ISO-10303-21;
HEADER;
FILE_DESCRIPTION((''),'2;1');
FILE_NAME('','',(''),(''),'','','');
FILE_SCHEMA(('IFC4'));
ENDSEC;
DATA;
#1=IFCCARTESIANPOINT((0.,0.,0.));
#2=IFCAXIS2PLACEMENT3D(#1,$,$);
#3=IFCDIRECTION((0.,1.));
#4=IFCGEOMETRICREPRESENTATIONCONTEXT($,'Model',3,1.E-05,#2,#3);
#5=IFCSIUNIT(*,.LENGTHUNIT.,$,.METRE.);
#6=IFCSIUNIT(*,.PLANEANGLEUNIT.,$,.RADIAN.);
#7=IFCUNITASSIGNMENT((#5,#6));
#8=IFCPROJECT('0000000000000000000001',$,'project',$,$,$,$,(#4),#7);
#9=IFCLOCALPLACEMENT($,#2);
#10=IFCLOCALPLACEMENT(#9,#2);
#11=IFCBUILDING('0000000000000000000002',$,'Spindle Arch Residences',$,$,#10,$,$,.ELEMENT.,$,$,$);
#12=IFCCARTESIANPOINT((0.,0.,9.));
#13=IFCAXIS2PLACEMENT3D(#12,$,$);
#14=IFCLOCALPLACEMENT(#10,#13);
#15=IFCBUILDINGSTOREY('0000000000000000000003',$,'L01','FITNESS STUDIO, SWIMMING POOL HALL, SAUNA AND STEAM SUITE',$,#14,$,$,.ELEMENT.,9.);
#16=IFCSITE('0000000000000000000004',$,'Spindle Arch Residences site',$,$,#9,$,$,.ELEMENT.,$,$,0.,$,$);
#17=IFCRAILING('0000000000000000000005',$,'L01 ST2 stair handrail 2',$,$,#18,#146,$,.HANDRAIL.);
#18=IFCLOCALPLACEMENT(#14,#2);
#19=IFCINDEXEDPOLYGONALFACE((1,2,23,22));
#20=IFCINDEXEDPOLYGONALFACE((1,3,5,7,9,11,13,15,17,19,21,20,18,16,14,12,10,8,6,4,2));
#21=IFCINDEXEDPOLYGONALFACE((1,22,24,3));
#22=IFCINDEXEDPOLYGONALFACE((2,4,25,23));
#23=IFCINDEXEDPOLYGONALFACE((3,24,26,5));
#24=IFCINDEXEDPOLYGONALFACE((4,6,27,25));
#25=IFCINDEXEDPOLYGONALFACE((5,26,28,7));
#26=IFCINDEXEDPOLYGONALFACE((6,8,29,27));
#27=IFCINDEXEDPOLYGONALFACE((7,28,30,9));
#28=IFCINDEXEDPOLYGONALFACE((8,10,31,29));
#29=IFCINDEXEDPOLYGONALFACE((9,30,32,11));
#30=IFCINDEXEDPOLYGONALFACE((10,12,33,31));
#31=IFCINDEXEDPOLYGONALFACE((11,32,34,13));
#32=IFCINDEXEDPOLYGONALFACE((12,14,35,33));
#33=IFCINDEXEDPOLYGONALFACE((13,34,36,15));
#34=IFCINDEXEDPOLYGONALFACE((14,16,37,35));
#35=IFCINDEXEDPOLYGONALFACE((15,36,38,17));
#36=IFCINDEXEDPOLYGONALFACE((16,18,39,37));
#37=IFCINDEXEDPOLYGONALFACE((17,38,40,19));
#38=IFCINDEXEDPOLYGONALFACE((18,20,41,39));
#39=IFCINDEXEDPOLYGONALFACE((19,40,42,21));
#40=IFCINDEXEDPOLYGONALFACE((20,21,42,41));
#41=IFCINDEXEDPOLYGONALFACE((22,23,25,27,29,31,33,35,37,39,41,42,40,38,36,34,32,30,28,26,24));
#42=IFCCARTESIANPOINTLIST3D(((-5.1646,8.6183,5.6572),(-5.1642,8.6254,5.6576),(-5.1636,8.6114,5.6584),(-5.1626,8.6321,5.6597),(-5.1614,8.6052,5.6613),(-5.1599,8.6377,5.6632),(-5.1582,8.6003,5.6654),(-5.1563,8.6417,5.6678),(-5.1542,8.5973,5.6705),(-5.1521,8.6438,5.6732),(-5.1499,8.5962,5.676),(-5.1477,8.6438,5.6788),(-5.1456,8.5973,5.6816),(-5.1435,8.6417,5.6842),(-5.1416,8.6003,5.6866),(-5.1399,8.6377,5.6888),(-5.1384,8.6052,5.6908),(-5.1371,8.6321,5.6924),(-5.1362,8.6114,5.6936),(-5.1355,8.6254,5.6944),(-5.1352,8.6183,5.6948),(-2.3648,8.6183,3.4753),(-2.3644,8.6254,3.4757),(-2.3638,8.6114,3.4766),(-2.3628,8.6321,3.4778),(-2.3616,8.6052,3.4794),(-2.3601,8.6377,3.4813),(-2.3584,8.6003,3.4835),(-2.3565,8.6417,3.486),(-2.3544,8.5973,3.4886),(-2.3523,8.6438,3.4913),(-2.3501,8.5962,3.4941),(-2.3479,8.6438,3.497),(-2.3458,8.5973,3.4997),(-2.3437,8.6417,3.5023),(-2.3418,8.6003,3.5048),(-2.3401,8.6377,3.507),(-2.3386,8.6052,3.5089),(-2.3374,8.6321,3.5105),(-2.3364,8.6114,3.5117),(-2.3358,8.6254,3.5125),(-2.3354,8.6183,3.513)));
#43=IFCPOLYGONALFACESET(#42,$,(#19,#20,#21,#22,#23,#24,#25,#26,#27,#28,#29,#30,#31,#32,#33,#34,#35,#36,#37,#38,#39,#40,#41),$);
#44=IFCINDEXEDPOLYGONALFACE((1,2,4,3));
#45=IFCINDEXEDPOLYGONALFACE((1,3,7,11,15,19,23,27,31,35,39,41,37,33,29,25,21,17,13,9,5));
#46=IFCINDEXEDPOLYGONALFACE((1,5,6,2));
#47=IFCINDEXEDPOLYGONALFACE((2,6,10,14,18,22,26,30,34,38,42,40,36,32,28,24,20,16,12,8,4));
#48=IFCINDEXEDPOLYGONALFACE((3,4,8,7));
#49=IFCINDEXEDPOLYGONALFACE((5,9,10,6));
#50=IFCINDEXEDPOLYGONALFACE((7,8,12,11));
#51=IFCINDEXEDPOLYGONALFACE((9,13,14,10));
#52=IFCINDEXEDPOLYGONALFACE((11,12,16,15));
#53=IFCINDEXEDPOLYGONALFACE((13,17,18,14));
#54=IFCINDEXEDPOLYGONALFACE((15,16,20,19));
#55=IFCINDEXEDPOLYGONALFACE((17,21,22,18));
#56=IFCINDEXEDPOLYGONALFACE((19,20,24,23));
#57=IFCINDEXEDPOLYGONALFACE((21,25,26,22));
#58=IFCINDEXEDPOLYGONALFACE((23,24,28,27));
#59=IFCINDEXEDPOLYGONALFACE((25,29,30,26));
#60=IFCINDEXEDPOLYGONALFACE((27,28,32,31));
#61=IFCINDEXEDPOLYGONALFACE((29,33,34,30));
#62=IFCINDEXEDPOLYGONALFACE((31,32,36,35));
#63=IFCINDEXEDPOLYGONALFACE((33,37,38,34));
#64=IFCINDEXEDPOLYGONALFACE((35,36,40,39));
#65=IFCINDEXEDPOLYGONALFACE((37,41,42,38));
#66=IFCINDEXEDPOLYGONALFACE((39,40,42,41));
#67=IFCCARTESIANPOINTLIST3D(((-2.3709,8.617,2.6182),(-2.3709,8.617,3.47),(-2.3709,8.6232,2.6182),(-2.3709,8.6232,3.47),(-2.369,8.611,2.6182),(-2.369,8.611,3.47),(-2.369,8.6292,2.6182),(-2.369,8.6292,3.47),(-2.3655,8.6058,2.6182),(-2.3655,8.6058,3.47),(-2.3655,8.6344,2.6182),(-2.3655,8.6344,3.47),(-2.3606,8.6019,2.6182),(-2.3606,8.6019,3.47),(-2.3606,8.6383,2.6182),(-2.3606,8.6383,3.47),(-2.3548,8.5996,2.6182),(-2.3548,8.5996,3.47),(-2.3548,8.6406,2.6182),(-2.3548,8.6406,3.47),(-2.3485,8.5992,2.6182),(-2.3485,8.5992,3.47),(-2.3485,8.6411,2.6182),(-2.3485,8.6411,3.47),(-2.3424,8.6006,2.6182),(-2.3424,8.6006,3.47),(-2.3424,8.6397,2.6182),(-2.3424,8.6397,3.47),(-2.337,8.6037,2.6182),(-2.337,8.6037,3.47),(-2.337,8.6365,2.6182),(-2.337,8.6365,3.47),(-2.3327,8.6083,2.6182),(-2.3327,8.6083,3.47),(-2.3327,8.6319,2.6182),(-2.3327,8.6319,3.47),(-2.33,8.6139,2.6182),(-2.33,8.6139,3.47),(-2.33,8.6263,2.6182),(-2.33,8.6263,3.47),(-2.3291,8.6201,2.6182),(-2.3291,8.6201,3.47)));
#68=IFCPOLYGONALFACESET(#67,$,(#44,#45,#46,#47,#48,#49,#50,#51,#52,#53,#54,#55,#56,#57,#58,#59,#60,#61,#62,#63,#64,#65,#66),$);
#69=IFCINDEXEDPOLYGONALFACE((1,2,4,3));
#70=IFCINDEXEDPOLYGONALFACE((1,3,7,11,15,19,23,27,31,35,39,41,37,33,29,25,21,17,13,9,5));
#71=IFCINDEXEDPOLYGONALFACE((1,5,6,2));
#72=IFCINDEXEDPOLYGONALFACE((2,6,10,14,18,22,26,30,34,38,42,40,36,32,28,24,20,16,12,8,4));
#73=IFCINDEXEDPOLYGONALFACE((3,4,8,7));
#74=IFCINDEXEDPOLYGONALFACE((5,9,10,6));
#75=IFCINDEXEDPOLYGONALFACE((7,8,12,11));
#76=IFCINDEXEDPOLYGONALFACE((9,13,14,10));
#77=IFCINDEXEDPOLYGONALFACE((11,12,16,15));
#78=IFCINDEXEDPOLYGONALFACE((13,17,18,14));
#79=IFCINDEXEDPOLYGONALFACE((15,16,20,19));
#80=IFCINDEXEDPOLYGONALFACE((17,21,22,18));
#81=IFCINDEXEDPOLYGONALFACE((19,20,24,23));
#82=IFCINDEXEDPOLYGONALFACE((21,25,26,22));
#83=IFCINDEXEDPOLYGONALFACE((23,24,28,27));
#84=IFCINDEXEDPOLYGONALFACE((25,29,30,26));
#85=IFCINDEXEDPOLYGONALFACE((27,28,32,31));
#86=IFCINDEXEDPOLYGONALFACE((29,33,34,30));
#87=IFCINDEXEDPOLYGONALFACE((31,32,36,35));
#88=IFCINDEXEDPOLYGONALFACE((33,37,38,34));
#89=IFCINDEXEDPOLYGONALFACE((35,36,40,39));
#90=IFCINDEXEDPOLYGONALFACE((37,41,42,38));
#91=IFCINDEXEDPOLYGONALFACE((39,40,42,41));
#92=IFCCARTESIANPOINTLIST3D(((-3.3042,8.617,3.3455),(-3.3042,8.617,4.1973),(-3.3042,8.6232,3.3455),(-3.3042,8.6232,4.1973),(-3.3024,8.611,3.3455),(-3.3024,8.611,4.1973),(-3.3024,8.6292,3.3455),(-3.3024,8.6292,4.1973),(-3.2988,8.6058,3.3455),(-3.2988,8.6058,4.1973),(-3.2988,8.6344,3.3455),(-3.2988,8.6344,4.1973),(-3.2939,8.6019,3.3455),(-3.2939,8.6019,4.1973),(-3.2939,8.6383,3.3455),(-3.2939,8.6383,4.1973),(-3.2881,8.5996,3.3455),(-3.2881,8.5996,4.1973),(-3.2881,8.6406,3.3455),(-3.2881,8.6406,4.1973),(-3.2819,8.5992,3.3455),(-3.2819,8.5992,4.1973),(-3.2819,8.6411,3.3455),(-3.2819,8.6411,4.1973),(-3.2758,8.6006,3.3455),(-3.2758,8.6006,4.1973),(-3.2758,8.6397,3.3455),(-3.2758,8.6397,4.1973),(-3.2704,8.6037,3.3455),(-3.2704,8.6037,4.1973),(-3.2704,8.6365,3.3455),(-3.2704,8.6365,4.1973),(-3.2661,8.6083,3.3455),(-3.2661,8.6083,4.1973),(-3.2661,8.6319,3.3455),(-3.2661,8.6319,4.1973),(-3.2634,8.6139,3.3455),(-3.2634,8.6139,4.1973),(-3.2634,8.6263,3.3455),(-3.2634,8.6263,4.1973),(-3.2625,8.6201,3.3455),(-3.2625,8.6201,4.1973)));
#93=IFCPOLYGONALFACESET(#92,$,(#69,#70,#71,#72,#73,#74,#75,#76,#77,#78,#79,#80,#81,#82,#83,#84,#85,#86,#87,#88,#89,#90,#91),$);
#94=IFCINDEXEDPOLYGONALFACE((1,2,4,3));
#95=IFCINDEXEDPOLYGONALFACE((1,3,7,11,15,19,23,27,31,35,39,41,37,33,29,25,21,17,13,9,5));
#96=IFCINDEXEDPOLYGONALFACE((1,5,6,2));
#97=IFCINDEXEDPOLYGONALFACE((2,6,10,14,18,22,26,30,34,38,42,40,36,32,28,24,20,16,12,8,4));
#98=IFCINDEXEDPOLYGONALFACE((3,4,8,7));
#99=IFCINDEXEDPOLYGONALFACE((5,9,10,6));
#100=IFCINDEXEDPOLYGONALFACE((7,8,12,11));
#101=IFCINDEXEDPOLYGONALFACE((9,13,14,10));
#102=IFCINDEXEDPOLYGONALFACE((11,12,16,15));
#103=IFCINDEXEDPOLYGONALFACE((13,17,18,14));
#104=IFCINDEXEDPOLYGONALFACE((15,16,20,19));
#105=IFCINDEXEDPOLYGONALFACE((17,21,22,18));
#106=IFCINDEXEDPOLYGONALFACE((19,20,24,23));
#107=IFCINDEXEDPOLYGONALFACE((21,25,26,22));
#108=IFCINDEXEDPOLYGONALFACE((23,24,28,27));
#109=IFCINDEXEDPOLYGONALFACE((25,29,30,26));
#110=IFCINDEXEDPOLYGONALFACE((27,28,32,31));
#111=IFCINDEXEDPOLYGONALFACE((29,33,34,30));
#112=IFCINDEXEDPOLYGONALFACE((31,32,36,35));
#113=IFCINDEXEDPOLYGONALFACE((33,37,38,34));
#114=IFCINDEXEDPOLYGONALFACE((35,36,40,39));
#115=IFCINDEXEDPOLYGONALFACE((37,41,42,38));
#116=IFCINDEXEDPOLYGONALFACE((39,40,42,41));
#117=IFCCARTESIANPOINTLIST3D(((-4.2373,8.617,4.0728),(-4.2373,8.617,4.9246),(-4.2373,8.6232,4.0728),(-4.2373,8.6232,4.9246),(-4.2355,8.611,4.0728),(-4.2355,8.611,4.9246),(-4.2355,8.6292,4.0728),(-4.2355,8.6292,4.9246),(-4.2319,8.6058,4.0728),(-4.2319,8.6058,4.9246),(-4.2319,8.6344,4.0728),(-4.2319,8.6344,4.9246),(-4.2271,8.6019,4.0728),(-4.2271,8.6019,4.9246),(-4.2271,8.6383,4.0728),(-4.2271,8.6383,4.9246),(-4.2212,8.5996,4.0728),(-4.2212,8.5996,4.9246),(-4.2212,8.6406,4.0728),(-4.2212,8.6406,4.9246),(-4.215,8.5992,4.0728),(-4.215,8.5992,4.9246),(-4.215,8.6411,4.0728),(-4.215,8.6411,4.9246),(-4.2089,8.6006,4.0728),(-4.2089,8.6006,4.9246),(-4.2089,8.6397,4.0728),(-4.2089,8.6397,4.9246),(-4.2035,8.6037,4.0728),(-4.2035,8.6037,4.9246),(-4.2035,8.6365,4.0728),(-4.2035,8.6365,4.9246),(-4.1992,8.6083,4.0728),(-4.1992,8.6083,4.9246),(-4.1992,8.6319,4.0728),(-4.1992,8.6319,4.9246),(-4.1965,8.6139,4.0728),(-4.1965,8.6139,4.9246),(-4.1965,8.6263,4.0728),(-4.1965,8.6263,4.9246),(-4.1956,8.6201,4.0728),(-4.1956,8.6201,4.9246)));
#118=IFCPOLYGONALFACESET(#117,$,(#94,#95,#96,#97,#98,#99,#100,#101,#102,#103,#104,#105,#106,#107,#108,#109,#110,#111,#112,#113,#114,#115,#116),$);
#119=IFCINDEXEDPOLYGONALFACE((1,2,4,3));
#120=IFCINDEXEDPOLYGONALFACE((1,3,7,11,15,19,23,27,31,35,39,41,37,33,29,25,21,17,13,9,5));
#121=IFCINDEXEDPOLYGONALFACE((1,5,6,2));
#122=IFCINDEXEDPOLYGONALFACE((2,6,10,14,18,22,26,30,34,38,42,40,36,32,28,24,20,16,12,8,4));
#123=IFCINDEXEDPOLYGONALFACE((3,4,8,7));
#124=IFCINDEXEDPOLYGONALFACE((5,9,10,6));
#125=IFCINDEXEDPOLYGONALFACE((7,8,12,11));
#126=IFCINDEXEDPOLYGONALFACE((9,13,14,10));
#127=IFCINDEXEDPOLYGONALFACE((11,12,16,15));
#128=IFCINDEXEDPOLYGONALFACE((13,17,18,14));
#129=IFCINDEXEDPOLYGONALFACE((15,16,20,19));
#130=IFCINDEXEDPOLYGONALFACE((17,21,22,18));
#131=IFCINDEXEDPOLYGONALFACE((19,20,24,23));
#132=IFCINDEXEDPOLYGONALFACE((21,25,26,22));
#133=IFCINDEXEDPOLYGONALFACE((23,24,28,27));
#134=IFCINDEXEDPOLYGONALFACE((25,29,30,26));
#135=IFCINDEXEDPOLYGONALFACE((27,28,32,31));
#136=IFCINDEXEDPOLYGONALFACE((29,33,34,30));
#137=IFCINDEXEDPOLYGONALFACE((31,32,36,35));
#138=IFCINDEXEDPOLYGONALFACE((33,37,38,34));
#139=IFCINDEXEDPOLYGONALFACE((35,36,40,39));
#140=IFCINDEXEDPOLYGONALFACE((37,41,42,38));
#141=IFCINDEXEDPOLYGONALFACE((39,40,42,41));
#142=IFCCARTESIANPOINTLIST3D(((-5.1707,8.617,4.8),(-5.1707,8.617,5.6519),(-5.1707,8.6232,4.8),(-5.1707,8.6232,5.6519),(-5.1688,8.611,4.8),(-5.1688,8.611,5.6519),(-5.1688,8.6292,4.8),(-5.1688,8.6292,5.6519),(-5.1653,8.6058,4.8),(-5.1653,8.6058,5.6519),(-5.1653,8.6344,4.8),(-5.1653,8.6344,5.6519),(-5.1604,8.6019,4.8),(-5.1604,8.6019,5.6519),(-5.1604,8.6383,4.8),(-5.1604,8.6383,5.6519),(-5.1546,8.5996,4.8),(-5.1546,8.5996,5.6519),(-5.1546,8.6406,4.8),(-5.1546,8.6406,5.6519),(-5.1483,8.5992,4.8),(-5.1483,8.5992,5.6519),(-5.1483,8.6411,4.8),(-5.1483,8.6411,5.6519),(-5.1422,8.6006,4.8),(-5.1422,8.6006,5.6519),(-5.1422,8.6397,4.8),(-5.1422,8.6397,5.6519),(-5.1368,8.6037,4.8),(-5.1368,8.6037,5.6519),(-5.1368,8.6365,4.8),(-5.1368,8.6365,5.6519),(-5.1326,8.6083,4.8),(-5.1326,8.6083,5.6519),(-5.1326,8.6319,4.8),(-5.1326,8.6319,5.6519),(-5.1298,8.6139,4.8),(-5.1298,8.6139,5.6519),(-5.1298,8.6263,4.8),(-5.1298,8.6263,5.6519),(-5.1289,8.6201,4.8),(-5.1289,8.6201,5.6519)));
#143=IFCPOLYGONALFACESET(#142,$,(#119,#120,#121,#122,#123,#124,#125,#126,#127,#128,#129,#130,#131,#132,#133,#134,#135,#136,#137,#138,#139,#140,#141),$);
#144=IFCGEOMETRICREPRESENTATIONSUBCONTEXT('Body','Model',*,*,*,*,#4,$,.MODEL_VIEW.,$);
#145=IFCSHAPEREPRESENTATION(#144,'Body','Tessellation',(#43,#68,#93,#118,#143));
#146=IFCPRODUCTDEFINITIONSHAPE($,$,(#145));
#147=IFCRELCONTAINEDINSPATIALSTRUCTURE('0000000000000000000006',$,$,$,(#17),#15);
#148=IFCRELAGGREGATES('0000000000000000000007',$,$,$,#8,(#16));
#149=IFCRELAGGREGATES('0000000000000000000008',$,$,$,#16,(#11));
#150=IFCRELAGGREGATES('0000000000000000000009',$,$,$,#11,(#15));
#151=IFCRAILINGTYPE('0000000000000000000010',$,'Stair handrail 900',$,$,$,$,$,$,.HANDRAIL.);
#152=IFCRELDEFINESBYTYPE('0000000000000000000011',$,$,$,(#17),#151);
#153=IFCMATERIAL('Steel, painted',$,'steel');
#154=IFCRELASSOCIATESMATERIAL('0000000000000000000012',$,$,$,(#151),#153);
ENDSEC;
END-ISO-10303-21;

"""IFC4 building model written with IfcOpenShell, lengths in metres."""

from ifc_helpers import new_model, si_unit, direction, frame, origin, origin_2d, place, context, subcontext, project, spatial, circle, extrude, material, type_object, element, save


model = new_model("IFC4")

# Units and contexts
model_context = context("Model", 3, precision=1e-05, world=origin(), true_north=direction((0.0, 1.0)))
body_context = subcontext(model_context, "Body", "Model", "MODEL_VIEW")
ifc_project = project(units=[si_unit("LENGTHUNIT", "METRE"), si_unit("PLANEANGLEUNIT", "RADIAN")], contexts=[model_context])

# Site, building, storey
site_placement = place(None, origin())
site = spatial("IfcSite", under=ifc_project, at=site_placement, Name="Spindle Arch Residences site", CompositionType="ELEMENT", RefElevation=0.0)
building_placement = place(site_placement, origin())
building = spatial("IfcBuilding", under=site, at=building_placement, Name="Spindle Arch Residences", CompositionType="ELEMENT")
storey_placement = place(building_placement, frame((0.0, 0.0, 9.0)))
storey = spatial("IfcBuildingStorey", under=building, at=storey_placement, Name="L01", Description="FITNESS STUDIO, SWIMMING POOL HALL, SAUNA AND STEAM SUITE", CompositionType="ELEMENT", Elevation=9.0)

# Railing
ifc_material_1 = material(Name="Steel, painted", Category="steel")
railing_type_1 = type_object("IfcRailingType", Name="Stair handrail 900", PredefinedType="HANDRAIL", material=ifc_material_1)
railing_1_placement = place(storey_placement, frame((-2.3501, 8.6201, 2.6182)))
element("IfcRailing", 1, at=railing_1_placement, inside=storey, type_object=railing_type_1, Name="L01 ST2 stair handrail 2", PredefinedType="HANDRAIL", context=body_context, shape_type="SweptSolid", body=[
    extrude(circle(Radius=0.0239, at=origin_2d()), frame((0.0, 0.0, 0.876), z_axis=(-0.78877, 0.0, 0.614688), x_axis=(0.0, -1.0, 0.0)), (0.0, 0.0, 1.0), 3.5496),
    extrude(circle(Radius=0.021, at=origin_2d()), origin(), (0.0, 0.0, 1.0), 0.8518),
    extrude(circle(Radius=0.021, at=origin_2d()), frame((-0.9333, 0.0, 0.7273)), (0.0, 0.0, 1.0), 0.8518),
    extrude(circle(Radius=0.021, at=origin_2d()), frame((-1.8665, 0.0, 1.4546)), (0.0, 0.0, 1.0), 0.8518),
    extrude(circle(Radius=0.021, at=origin_2d()), frame((-2.7998, 0.0, 2.1819)), (0.0, 0.0, 1.0), 0.8518),
])

save(model, "model.ifc")
